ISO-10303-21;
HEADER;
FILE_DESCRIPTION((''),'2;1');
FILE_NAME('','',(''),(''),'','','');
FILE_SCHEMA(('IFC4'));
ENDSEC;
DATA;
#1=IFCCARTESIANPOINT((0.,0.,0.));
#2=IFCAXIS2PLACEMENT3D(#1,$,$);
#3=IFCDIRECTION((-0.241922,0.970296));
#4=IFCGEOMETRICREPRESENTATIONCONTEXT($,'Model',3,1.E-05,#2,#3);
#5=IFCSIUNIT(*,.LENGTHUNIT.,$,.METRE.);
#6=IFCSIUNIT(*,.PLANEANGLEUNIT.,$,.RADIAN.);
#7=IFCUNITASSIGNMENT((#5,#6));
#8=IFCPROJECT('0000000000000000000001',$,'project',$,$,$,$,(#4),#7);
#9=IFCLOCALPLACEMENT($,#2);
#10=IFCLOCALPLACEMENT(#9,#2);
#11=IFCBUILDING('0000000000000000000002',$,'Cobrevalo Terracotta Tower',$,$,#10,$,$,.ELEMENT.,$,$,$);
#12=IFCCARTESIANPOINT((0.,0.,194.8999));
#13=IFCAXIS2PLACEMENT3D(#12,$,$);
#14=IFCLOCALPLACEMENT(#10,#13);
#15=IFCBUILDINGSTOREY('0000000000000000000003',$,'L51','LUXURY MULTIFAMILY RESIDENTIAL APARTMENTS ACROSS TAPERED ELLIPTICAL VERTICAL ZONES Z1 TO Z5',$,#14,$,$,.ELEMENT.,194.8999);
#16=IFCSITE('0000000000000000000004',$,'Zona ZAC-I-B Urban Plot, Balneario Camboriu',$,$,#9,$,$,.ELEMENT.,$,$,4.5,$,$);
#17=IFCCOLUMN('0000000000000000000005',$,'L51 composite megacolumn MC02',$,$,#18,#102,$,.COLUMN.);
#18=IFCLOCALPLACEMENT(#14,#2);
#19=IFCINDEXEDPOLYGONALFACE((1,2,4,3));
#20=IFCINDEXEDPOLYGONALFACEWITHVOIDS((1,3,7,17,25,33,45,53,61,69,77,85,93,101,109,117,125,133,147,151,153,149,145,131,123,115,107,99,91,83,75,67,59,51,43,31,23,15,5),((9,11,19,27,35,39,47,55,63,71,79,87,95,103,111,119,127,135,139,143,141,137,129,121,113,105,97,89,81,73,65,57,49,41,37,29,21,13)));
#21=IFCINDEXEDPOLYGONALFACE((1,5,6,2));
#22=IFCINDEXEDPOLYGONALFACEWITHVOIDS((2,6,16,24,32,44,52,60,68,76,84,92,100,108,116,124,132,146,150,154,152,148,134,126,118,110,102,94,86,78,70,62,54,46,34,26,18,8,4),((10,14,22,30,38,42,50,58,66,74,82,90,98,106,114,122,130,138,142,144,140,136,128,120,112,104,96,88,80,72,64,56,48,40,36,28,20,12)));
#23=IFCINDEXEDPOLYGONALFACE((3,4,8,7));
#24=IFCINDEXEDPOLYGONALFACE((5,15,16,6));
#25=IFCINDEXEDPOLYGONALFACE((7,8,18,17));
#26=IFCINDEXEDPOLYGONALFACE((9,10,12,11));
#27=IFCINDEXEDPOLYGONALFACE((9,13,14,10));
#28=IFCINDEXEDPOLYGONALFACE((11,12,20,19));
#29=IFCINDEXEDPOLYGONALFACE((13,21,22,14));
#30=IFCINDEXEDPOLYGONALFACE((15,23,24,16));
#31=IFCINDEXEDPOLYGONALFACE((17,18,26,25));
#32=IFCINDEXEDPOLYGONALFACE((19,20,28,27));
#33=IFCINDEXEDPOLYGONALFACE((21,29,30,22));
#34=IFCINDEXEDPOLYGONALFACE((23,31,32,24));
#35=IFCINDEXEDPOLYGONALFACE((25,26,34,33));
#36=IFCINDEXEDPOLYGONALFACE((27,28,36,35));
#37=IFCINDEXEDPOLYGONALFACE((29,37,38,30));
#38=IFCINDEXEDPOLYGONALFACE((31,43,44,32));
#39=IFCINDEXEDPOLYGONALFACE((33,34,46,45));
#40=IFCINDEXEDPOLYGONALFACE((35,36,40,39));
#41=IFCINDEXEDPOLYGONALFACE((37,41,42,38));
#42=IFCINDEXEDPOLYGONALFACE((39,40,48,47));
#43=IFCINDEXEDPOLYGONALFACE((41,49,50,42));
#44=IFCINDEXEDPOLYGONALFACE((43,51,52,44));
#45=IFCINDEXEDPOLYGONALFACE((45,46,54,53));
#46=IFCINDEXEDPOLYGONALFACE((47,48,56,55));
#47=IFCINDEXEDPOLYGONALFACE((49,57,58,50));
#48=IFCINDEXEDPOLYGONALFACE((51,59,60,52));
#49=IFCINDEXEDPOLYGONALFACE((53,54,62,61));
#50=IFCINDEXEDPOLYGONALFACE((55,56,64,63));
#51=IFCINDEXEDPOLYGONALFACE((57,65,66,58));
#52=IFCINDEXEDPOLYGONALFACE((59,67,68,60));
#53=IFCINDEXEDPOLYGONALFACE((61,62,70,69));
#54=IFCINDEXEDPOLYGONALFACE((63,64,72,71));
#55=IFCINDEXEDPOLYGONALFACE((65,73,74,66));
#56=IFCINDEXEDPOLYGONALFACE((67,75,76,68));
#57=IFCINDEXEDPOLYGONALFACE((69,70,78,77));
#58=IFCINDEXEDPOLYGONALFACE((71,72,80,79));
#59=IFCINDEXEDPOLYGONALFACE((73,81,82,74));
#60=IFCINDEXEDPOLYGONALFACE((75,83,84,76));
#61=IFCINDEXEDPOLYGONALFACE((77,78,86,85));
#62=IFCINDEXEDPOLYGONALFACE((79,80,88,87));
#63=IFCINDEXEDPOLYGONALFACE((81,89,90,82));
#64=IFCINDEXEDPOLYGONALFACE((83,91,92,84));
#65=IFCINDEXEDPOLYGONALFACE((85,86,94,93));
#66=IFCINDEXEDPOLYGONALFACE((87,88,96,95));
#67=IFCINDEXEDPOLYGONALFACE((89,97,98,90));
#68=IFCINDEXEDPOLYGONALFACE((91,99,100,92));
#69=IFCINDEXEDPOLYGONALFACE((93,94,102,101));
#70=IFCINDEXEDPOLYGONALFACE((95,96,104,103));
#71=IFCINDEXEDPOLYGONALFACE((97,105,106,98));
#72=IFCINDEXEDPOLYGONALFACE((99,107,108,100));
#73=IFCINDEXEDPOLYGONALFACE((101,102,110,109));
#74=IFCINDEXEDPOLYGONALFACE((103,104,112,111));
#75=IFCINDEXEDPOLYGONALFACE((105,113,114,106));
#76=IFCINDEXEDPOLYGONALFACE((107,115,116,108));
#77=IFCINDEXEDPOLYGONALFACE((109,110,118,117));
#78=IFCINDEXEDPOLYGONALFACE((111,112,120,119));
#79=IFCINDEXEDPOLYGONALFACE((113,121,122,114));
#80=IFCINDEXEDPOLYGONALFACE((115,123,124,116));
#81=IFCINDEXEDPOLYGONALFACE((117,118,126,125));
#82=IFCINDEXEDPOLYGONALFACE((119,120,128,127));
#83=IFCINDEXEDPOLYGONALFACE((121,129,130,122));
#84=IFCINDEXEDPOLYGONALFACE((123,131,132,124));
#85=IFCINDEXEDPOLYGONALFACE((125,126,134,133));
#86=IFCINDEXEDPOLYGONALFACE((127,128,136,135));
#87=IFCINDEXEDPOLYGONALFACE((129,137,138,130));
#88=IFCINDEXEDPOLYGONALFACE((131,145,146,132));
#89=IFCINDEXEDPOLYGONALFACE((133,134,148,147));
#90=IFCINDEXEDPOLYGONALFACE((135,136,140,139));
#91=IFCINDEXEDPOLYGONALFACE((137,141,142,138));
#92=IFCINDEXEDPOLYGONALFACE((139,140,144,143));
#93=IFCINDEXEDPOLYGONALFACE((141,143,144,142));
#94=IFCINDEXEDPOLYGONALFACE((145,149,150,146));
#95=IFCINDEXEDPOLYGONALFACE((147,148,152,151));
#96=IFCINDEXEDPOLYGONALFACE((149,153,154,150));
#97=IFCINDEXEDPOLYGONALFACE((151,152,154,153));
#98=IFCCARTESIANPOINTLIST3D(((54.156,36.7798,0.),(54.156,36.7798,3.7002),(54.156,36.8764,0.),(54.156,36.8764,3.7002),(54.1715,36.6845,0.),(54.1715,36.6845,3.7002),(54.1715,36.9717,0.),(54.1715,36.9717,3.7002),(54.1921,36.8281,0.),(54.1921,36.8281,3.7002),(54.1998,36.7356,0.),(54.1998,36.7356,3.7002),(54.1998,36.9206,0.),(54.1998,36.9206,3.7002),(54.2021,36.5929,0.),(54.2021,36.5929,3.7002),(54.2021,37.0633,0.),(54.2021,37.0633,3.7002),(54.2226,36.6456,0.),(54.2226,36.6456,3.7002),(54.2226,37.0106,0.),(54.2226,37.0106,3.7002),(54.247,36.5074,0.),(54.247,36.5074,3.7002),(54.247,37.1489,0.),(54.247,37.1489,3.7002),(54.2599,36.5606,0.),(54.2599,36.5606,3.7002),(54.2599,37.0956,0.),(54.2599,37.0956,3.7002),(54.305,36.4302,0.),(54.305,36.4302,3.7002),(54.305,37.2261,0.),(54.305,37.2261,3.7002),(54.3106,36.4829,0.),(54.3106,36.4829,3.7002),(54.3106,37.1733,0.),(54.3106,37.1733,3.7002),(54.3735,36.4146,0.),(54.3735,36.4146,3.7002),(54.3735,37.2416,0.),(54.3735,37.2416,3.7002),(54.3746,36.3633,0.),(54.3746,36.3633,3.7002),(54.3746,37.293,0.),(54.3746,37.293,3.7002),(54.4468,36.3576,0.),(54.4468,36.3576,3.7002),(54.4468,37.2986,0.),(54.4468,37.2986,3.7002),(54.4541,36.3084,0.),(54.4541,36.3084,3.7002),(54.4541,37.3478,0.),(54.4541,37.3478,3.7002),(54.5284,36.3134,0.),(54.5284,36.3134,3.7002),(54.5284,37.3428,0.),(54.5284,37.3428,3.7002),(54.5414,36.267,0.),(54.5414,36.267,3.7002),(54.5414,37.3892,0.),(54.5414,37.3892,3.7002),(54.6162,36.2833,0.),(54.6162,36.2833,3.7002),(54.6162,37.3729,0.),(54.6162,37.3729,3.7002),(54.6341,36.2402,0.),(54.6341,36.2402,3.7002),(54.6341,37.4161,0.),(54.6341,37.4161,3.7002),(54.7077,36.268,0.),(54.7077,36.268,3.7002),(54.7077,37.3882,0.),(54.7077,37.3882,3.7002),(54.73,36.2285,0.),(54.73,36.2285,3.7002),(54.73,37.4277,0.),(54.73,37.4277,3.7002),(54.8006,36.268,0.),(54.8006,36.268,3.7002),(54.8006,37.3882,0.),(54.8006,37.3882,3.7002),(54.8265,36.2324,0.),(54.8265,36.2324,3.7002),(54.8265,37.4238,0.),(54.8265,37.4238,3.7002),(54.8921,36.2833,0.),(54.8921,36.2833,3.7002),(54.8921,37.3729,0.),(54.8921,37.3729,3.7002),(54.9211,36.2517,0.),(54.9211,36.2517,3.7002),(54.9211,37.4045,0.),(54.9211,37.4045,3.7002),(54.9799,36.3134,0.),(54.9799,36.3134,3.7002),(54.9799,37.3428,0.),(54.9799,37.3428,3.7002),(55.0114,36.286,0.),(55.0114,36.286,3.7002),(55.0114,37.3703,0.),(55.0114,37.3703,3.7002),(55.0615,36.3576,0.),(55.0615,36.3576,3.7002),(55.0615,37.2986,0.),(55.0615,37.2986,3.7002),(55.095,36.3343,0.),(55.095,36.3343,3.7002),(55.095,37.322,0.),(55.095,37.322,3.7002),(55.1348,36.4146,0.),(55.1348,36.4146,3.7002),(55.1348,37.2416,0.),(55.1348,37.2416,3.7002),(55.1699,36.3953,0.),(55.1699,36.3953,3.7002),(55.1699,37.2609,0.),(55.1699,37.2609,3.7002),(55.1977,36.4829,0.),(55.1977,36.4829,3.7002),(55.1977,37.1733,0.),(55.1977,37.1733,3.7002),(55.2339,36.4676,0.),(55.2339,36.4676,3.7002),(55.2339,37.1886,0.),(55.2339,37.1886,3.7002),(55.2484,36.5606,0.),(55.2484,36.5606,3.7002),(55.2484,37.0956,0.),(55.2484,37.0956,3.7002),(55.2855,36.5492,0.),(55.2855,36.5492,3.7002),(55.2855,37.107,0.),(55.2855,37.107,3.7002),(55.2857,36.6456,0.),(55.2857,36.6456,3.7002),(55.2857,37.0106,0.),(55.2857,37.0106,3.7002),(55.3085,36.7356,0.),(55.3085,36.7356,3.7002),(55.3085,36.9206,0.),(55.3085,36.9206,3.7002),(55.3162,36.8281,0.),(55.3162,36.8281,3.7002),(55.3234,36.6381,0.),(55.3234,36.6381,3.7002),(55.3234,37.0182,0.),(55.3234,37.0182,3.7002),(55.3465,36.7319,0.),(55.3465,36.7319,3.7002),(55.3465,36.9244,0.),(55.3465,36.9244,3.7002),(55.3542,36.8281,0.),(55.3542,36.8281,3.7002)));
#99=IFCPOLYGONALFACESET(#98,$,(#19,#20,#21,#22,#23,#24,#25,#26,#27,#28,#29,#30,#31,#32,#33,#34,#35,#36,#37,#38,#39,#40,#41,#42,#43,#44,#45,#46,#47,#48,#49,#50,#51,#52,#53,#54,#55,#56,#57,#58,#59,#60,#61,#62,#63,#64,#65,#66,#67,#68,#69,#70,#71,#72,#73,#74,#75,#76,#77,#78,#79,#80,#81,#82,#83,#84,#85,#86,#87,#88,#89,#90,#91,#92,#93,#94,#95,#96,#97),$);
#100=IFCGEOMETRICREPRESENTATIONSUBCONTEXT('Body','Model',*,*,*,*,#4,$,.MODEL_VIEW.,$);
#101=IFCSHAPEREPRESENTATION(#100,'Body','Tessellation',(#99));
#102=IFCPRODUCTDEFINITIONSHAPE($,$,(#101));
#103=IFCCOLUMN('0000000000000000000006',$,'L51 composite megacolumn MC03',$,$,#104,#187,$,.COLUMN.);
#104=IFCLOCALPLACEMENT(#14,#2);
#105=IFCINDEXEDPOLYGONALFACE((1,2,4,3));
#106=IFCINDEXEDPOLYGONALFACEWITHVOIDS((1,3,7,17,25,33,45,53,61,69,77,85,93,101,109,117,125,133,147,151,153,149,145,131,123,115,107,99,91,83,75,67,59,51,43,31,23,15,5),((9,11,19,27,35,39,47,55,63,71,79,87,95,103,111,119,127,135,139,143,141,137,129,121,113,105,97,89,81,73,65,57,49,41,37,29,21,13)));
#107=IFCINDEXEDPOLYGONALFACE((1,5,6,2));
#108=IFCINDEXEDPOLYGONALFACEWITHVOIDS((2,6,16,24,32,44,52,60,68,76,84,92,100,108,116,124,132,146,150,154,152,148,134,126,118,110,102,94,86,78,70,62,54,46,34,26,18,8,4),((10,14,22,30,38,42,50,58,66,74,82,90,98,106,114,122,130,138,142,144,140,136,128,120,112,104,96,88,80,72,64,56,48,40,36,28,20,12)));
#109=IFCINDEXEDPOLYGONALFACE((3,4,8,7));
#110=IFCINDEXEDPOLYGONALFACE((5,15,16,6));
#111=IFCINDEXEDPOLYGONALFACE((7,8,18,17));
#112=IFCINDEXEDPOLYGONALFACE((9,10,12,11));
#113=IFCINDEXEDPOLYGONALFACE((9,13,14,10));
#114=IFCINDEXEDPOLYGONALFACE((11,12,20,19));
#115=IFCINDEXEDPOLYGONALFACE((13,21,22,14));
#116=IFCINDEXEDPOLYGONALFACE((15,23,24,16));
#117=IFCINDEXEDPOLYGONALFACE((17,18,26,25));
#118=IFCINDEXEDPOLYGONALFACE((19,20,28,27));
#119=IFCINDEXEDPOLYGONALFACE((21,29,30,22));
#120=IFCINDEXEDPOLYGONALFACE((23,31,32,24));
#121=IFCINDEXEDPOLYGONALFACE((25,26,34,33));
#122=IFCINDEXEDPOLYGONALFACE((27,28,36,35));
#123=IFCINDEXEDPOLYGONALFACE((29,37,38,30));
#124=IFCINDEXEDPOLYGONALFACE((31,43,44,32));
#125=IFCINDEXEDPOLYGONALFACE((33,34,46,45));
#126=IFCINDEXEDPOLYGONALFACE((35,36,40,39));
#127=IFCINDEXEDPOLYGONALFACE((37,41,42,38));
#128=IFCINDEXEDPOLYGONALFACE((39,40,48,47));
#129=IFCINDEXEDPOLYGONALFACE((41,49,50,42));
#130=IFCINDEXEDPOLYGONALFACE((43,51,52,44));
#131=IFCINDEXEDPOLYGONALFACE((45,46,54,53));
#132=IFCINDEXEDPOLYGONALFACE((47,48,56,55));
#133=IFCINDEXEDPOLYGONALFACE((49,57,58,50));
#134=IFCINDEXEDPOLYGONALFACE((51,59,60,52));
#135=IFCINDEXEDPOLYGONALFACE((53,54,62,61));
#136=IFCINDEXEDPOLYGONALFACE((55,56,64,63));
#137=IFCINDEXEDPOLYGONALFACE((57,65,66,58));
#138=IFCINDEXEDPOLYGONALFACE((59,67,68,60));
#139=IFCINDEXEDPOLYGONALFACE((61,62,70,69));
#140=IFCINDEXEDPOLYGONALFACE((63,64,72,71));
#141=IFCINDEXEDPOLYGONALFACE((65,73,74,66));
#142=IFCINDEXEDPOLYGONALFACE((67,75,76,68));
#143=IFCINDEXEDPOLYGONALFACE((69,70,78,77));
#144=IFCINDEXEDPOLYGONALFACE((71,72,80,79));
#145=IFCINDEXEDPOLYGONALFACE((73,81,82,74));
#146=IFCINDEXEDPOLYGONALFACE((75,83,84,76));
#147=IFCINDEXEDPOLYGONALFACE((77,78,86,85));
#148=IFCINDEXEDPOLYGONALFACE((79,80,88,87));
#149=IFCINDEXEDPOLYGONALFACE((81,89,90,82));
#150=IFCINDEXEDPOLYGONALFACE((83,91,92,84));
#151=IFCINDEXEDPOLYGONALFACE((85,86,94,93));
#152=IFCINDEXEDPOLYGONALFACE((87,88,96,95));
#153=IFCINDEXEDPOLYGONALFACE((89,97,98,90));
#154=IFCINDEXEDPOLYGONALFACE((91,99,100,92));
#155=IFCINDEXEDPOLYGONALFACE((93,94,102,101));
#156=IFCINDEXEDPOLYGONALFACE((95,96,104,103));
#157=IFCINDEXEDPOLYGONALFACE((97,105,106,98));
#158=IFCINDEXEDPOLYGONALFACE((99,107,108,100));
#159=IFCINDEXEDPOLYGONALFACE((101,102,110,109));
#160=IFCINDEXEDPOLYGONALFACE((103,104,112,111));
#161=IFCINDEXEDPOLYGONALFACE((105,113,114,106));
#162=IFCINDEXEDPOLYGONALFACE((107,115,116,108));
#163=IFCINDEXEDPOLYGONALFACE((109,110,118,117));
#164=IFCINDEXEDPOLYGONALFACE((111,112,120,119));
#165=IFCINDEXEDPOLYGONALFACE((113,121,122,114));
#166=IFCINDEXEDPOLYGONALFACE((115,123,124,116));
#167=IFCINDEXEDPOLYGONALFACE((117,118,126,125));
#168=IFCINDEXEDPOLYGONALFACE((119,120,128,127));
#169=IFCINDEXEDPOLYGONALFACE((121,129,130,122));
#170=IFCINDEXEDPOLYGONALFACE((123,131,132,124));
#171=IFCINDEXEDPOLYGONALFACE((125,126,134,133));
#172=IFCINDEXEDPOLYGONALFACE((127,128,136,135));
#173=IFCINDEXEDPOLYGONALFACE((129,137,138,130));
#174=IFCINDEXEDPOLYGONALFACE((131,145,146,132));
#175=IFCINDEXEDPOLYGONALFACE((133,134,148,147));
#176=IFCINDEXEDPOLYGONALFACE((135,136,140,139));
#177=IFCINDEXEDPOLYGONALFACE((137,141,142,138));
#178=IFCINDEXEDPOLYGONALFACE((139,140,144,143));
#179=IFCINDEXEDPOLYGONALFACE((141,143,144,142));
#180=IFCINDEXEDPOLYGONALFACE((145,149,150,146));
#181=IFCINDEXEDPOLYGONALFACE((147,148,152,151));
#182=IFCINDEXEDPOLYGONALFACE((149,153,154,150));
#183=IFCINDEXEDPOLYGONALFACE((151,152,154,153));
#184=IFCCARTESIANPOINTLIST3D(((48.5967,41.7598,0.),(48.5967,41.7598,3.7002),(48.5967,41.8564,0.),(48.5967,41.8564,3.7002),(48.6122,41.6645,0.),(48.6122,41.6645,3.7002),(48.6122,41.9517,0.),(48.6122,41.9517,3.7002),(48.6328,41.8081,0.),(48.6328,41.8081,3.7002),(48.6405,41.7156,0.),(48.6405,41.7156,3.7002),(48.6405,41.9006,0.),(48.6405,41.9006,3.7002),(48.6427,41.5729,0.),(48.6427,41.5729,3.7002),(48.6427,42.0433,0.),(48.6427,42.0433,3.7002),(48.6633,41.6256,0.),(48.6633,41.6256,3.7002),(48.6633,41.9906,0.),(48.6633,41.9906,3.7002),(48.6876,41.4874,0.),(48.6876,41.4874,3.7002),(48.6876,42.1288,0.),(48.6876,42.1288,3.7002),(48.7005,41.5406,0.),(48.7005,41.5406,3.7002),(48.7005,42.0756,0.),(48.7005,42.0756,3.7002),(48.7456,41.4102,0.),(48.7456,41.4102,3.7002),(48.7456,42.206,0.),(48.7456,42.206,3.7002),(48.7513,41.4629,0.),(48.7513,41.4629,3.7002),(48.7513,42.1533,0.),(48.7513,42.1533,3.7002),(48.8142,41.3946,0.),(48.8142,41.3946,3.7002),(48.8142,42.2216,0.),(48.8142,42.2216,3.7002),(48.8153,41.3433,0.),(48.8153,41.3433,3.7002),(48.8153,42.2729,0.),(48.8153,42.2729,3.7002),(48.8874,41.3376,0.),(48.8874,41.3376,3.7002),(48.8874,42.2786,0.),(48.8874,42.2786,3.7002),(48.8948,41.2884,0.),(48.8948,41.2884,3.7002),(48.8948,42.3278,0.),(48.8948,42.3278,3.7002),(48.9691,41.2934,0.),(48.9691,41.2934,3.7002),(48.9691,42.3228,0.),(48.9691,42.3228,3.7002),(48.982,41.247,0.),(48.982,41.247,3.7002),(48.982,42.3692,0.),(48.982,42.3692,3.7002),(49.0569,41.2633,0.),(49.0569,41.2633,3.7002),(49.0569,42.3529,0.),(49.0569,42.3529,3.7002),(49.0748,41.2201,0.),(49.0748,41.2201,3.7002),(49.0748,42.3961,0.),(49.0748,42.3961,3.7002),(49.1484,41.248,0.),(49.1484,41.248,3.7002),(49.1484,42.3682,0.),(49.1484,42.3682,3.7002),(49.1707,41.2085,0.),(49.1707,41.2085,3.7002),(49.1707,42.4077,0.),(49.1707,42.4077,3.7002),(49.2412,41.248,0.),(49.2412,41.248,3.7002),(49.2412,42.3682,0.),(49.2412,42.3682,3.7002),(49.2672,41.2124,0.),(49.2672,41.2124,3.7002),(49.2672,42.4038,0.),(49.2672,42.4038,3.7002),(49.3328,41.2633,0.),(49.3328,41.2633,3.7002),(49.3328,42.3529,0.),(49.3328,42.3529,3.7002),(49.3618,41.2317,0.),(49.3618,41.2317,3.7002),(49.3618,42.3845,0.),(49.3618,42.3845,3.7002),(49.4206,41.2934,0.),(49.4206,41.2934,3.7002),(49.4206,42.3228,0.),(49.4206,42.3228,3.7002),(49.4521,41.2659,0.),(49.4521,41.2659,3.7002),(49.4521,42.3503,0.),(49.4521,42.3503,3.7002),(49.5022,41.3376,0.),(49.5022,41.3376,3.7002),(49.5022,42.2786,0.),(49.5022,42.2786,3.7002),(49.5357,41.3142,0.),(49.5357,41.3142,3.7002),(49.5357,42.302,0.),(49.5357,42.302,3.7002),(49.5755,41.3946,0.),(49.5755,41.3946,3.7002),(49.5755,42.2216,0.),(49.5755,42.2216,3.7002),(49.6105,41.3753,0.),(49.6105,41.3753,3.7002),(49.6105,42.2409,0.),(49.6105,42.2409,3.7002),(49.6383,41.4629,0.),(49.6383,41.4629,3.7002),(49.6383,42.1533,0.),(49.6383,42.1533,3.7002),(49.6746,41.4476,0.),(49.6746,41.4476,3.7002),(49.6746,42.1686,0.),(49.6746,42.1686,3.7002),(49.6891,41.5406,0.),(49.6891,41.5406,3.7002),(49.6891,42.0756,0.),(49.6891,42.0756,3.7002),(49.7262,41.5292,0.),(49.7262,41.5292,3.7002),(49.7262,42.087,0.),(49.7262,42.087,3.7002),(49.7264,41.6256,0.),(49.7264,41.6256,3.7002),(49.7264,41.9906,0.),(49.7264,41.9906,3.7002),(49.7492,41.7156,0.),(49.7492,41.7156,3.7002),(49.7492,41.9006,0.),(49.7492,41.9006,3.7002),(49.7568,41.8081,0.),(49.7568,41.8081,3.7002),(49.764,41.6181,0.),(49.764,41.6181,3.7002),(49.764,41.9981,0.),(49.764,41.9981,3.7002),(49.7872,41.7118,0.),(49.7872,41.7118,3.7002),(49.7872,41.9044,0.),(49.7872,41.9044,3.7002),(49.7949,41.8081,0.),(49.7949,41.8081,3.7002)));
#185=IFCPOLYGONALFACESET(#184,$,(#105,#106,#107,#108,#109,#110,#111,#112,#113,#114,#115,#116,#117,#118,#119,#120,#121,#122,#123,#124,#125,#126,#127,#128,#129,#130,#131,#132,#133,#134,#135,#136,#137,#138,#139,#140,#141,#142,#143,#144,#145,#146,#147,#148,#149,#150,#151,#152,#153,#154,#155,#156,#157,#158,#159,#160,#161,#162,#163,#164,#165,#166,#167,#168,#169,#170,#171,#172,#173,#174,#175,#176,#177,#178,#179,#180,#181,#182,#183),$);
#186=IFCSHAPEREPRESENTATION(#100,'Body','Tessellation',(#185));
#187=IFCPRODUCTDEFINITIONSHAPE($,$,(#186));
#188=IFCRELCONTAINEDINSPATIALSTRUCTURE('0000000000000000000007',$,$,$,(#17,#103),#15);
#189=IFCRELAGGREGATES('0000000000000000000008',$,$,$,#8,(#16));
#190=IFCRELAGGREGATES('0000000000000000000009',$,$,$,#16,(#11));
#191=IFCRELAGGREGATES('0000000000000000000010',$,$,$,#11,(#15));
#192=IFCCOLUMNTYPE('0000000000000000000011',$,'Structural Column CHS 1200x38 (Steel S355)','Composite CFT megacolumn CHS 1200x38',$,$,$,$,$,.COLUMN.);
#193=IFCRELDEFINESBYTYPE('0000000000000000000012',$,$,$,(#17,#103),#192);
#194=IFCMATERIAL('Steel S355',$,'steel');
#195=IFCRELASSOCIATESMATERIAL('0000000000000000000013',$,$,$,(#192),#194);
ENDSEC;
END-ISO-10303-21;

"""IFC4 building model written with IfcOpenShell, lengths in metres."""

from ifc_helpers import new_model, si_unit, direction, frame, origin, origin_2d, place, context, subcontext, project, spatial, hollow_circle, extrude, material, material_profile, profile_set, type_object, element, save


model = new_model("IFC4")

# Units and contexts
model_context = context("Model", 3, precision=1e-05, world=origin(), true_north=direction((-0.241922, 0.970296)))
body_context = subcontext(model_context, "Body", "Model", "MODEL_VIEW")
ifc_project = project(units=[si_unit("LENGTHUNIT", "METRE"), si_unit("PLANEANGLEUNIT", "RADIAN")], contexts=[model_context])

# Site, building, storey
site_placement = place(None, origin())
site = spatial("IfcSite", under=ifc_project, at=site_placement, Name="Zona ZAC-I-B Urban Plot, Balneario Camboriu", CompositionType="ELEMENT", RefElevation=4.5)
building_placement = place(site_placement, origin())
building = spatial("IfcBuilding", under=site, at=building_placement, Name="Cobrevalo Terracotta Tower", CompositionType="ELEMENT")
storey_placement = place(building_placement, frame((0.0, 0.0, 194.8999)))
storey = spatial("IfcBuildingStorey", under=building, at=storey_placement, Name="L51", Description="LUXURY MULTIFAMILY RESIDENTIAL APARTMENTS ACROSS TAPERED ELLIPTICAL VERTICAL ZONES Z1 TO Z5", CompositionType="ELEMENT", Elevation=194.8999)

# Columns
ifc_material_1 = material(Name="Steel S355", Category="steel")
ifc_material_profile_1 = material_profile(ifc_material_1, hollow_circle(Radius=0.6001, WallThickness=0.0381, at=origin_2d()), Name="CHS 1200x38")
ifc_profile_set_1 = profile_set([ifc_material_profile_1], Name="Steel S355")
column_type = type_object("IfcColumnType", Name="Structural Column CHS 1200x38 (Steel S355)", Description="Composite CFT megacolumn CHS 1200x38", PredefinedType="COLUMN", material=ifc_profile_set_1)
for number, where, z_axis, x_axis, name in (
    (1, (54.7542, 36.8281, 0.0), (0.0, 0.0, 1.0), (1.0, 0.0, 0.0), "L51 composite megacolumn MC02"),
    (2, (49.1948, 41.8081, 0.0), (0.0, 0.0, 1.0), (1.0, 0.0, 0.0), "L51 composite megacolumn MC03"),
):
    element("IfcColumn", number, at=place(storey_placement, frame(where, z_axis=z_axis, x_axis=x_axis)), inside=storey, type_object=column_type, Name=name, PredefinedType="COLUMN", context=body_context, shape_type="SweptSolid", body=[
        extrude(hollow_circle(Radius=0.6001, WallThickness=0.0381, at=origin_2d()), origin(), (0.0, 0.0, 1.0), 3.7002),
    ])

save(model, "model.ifc")
